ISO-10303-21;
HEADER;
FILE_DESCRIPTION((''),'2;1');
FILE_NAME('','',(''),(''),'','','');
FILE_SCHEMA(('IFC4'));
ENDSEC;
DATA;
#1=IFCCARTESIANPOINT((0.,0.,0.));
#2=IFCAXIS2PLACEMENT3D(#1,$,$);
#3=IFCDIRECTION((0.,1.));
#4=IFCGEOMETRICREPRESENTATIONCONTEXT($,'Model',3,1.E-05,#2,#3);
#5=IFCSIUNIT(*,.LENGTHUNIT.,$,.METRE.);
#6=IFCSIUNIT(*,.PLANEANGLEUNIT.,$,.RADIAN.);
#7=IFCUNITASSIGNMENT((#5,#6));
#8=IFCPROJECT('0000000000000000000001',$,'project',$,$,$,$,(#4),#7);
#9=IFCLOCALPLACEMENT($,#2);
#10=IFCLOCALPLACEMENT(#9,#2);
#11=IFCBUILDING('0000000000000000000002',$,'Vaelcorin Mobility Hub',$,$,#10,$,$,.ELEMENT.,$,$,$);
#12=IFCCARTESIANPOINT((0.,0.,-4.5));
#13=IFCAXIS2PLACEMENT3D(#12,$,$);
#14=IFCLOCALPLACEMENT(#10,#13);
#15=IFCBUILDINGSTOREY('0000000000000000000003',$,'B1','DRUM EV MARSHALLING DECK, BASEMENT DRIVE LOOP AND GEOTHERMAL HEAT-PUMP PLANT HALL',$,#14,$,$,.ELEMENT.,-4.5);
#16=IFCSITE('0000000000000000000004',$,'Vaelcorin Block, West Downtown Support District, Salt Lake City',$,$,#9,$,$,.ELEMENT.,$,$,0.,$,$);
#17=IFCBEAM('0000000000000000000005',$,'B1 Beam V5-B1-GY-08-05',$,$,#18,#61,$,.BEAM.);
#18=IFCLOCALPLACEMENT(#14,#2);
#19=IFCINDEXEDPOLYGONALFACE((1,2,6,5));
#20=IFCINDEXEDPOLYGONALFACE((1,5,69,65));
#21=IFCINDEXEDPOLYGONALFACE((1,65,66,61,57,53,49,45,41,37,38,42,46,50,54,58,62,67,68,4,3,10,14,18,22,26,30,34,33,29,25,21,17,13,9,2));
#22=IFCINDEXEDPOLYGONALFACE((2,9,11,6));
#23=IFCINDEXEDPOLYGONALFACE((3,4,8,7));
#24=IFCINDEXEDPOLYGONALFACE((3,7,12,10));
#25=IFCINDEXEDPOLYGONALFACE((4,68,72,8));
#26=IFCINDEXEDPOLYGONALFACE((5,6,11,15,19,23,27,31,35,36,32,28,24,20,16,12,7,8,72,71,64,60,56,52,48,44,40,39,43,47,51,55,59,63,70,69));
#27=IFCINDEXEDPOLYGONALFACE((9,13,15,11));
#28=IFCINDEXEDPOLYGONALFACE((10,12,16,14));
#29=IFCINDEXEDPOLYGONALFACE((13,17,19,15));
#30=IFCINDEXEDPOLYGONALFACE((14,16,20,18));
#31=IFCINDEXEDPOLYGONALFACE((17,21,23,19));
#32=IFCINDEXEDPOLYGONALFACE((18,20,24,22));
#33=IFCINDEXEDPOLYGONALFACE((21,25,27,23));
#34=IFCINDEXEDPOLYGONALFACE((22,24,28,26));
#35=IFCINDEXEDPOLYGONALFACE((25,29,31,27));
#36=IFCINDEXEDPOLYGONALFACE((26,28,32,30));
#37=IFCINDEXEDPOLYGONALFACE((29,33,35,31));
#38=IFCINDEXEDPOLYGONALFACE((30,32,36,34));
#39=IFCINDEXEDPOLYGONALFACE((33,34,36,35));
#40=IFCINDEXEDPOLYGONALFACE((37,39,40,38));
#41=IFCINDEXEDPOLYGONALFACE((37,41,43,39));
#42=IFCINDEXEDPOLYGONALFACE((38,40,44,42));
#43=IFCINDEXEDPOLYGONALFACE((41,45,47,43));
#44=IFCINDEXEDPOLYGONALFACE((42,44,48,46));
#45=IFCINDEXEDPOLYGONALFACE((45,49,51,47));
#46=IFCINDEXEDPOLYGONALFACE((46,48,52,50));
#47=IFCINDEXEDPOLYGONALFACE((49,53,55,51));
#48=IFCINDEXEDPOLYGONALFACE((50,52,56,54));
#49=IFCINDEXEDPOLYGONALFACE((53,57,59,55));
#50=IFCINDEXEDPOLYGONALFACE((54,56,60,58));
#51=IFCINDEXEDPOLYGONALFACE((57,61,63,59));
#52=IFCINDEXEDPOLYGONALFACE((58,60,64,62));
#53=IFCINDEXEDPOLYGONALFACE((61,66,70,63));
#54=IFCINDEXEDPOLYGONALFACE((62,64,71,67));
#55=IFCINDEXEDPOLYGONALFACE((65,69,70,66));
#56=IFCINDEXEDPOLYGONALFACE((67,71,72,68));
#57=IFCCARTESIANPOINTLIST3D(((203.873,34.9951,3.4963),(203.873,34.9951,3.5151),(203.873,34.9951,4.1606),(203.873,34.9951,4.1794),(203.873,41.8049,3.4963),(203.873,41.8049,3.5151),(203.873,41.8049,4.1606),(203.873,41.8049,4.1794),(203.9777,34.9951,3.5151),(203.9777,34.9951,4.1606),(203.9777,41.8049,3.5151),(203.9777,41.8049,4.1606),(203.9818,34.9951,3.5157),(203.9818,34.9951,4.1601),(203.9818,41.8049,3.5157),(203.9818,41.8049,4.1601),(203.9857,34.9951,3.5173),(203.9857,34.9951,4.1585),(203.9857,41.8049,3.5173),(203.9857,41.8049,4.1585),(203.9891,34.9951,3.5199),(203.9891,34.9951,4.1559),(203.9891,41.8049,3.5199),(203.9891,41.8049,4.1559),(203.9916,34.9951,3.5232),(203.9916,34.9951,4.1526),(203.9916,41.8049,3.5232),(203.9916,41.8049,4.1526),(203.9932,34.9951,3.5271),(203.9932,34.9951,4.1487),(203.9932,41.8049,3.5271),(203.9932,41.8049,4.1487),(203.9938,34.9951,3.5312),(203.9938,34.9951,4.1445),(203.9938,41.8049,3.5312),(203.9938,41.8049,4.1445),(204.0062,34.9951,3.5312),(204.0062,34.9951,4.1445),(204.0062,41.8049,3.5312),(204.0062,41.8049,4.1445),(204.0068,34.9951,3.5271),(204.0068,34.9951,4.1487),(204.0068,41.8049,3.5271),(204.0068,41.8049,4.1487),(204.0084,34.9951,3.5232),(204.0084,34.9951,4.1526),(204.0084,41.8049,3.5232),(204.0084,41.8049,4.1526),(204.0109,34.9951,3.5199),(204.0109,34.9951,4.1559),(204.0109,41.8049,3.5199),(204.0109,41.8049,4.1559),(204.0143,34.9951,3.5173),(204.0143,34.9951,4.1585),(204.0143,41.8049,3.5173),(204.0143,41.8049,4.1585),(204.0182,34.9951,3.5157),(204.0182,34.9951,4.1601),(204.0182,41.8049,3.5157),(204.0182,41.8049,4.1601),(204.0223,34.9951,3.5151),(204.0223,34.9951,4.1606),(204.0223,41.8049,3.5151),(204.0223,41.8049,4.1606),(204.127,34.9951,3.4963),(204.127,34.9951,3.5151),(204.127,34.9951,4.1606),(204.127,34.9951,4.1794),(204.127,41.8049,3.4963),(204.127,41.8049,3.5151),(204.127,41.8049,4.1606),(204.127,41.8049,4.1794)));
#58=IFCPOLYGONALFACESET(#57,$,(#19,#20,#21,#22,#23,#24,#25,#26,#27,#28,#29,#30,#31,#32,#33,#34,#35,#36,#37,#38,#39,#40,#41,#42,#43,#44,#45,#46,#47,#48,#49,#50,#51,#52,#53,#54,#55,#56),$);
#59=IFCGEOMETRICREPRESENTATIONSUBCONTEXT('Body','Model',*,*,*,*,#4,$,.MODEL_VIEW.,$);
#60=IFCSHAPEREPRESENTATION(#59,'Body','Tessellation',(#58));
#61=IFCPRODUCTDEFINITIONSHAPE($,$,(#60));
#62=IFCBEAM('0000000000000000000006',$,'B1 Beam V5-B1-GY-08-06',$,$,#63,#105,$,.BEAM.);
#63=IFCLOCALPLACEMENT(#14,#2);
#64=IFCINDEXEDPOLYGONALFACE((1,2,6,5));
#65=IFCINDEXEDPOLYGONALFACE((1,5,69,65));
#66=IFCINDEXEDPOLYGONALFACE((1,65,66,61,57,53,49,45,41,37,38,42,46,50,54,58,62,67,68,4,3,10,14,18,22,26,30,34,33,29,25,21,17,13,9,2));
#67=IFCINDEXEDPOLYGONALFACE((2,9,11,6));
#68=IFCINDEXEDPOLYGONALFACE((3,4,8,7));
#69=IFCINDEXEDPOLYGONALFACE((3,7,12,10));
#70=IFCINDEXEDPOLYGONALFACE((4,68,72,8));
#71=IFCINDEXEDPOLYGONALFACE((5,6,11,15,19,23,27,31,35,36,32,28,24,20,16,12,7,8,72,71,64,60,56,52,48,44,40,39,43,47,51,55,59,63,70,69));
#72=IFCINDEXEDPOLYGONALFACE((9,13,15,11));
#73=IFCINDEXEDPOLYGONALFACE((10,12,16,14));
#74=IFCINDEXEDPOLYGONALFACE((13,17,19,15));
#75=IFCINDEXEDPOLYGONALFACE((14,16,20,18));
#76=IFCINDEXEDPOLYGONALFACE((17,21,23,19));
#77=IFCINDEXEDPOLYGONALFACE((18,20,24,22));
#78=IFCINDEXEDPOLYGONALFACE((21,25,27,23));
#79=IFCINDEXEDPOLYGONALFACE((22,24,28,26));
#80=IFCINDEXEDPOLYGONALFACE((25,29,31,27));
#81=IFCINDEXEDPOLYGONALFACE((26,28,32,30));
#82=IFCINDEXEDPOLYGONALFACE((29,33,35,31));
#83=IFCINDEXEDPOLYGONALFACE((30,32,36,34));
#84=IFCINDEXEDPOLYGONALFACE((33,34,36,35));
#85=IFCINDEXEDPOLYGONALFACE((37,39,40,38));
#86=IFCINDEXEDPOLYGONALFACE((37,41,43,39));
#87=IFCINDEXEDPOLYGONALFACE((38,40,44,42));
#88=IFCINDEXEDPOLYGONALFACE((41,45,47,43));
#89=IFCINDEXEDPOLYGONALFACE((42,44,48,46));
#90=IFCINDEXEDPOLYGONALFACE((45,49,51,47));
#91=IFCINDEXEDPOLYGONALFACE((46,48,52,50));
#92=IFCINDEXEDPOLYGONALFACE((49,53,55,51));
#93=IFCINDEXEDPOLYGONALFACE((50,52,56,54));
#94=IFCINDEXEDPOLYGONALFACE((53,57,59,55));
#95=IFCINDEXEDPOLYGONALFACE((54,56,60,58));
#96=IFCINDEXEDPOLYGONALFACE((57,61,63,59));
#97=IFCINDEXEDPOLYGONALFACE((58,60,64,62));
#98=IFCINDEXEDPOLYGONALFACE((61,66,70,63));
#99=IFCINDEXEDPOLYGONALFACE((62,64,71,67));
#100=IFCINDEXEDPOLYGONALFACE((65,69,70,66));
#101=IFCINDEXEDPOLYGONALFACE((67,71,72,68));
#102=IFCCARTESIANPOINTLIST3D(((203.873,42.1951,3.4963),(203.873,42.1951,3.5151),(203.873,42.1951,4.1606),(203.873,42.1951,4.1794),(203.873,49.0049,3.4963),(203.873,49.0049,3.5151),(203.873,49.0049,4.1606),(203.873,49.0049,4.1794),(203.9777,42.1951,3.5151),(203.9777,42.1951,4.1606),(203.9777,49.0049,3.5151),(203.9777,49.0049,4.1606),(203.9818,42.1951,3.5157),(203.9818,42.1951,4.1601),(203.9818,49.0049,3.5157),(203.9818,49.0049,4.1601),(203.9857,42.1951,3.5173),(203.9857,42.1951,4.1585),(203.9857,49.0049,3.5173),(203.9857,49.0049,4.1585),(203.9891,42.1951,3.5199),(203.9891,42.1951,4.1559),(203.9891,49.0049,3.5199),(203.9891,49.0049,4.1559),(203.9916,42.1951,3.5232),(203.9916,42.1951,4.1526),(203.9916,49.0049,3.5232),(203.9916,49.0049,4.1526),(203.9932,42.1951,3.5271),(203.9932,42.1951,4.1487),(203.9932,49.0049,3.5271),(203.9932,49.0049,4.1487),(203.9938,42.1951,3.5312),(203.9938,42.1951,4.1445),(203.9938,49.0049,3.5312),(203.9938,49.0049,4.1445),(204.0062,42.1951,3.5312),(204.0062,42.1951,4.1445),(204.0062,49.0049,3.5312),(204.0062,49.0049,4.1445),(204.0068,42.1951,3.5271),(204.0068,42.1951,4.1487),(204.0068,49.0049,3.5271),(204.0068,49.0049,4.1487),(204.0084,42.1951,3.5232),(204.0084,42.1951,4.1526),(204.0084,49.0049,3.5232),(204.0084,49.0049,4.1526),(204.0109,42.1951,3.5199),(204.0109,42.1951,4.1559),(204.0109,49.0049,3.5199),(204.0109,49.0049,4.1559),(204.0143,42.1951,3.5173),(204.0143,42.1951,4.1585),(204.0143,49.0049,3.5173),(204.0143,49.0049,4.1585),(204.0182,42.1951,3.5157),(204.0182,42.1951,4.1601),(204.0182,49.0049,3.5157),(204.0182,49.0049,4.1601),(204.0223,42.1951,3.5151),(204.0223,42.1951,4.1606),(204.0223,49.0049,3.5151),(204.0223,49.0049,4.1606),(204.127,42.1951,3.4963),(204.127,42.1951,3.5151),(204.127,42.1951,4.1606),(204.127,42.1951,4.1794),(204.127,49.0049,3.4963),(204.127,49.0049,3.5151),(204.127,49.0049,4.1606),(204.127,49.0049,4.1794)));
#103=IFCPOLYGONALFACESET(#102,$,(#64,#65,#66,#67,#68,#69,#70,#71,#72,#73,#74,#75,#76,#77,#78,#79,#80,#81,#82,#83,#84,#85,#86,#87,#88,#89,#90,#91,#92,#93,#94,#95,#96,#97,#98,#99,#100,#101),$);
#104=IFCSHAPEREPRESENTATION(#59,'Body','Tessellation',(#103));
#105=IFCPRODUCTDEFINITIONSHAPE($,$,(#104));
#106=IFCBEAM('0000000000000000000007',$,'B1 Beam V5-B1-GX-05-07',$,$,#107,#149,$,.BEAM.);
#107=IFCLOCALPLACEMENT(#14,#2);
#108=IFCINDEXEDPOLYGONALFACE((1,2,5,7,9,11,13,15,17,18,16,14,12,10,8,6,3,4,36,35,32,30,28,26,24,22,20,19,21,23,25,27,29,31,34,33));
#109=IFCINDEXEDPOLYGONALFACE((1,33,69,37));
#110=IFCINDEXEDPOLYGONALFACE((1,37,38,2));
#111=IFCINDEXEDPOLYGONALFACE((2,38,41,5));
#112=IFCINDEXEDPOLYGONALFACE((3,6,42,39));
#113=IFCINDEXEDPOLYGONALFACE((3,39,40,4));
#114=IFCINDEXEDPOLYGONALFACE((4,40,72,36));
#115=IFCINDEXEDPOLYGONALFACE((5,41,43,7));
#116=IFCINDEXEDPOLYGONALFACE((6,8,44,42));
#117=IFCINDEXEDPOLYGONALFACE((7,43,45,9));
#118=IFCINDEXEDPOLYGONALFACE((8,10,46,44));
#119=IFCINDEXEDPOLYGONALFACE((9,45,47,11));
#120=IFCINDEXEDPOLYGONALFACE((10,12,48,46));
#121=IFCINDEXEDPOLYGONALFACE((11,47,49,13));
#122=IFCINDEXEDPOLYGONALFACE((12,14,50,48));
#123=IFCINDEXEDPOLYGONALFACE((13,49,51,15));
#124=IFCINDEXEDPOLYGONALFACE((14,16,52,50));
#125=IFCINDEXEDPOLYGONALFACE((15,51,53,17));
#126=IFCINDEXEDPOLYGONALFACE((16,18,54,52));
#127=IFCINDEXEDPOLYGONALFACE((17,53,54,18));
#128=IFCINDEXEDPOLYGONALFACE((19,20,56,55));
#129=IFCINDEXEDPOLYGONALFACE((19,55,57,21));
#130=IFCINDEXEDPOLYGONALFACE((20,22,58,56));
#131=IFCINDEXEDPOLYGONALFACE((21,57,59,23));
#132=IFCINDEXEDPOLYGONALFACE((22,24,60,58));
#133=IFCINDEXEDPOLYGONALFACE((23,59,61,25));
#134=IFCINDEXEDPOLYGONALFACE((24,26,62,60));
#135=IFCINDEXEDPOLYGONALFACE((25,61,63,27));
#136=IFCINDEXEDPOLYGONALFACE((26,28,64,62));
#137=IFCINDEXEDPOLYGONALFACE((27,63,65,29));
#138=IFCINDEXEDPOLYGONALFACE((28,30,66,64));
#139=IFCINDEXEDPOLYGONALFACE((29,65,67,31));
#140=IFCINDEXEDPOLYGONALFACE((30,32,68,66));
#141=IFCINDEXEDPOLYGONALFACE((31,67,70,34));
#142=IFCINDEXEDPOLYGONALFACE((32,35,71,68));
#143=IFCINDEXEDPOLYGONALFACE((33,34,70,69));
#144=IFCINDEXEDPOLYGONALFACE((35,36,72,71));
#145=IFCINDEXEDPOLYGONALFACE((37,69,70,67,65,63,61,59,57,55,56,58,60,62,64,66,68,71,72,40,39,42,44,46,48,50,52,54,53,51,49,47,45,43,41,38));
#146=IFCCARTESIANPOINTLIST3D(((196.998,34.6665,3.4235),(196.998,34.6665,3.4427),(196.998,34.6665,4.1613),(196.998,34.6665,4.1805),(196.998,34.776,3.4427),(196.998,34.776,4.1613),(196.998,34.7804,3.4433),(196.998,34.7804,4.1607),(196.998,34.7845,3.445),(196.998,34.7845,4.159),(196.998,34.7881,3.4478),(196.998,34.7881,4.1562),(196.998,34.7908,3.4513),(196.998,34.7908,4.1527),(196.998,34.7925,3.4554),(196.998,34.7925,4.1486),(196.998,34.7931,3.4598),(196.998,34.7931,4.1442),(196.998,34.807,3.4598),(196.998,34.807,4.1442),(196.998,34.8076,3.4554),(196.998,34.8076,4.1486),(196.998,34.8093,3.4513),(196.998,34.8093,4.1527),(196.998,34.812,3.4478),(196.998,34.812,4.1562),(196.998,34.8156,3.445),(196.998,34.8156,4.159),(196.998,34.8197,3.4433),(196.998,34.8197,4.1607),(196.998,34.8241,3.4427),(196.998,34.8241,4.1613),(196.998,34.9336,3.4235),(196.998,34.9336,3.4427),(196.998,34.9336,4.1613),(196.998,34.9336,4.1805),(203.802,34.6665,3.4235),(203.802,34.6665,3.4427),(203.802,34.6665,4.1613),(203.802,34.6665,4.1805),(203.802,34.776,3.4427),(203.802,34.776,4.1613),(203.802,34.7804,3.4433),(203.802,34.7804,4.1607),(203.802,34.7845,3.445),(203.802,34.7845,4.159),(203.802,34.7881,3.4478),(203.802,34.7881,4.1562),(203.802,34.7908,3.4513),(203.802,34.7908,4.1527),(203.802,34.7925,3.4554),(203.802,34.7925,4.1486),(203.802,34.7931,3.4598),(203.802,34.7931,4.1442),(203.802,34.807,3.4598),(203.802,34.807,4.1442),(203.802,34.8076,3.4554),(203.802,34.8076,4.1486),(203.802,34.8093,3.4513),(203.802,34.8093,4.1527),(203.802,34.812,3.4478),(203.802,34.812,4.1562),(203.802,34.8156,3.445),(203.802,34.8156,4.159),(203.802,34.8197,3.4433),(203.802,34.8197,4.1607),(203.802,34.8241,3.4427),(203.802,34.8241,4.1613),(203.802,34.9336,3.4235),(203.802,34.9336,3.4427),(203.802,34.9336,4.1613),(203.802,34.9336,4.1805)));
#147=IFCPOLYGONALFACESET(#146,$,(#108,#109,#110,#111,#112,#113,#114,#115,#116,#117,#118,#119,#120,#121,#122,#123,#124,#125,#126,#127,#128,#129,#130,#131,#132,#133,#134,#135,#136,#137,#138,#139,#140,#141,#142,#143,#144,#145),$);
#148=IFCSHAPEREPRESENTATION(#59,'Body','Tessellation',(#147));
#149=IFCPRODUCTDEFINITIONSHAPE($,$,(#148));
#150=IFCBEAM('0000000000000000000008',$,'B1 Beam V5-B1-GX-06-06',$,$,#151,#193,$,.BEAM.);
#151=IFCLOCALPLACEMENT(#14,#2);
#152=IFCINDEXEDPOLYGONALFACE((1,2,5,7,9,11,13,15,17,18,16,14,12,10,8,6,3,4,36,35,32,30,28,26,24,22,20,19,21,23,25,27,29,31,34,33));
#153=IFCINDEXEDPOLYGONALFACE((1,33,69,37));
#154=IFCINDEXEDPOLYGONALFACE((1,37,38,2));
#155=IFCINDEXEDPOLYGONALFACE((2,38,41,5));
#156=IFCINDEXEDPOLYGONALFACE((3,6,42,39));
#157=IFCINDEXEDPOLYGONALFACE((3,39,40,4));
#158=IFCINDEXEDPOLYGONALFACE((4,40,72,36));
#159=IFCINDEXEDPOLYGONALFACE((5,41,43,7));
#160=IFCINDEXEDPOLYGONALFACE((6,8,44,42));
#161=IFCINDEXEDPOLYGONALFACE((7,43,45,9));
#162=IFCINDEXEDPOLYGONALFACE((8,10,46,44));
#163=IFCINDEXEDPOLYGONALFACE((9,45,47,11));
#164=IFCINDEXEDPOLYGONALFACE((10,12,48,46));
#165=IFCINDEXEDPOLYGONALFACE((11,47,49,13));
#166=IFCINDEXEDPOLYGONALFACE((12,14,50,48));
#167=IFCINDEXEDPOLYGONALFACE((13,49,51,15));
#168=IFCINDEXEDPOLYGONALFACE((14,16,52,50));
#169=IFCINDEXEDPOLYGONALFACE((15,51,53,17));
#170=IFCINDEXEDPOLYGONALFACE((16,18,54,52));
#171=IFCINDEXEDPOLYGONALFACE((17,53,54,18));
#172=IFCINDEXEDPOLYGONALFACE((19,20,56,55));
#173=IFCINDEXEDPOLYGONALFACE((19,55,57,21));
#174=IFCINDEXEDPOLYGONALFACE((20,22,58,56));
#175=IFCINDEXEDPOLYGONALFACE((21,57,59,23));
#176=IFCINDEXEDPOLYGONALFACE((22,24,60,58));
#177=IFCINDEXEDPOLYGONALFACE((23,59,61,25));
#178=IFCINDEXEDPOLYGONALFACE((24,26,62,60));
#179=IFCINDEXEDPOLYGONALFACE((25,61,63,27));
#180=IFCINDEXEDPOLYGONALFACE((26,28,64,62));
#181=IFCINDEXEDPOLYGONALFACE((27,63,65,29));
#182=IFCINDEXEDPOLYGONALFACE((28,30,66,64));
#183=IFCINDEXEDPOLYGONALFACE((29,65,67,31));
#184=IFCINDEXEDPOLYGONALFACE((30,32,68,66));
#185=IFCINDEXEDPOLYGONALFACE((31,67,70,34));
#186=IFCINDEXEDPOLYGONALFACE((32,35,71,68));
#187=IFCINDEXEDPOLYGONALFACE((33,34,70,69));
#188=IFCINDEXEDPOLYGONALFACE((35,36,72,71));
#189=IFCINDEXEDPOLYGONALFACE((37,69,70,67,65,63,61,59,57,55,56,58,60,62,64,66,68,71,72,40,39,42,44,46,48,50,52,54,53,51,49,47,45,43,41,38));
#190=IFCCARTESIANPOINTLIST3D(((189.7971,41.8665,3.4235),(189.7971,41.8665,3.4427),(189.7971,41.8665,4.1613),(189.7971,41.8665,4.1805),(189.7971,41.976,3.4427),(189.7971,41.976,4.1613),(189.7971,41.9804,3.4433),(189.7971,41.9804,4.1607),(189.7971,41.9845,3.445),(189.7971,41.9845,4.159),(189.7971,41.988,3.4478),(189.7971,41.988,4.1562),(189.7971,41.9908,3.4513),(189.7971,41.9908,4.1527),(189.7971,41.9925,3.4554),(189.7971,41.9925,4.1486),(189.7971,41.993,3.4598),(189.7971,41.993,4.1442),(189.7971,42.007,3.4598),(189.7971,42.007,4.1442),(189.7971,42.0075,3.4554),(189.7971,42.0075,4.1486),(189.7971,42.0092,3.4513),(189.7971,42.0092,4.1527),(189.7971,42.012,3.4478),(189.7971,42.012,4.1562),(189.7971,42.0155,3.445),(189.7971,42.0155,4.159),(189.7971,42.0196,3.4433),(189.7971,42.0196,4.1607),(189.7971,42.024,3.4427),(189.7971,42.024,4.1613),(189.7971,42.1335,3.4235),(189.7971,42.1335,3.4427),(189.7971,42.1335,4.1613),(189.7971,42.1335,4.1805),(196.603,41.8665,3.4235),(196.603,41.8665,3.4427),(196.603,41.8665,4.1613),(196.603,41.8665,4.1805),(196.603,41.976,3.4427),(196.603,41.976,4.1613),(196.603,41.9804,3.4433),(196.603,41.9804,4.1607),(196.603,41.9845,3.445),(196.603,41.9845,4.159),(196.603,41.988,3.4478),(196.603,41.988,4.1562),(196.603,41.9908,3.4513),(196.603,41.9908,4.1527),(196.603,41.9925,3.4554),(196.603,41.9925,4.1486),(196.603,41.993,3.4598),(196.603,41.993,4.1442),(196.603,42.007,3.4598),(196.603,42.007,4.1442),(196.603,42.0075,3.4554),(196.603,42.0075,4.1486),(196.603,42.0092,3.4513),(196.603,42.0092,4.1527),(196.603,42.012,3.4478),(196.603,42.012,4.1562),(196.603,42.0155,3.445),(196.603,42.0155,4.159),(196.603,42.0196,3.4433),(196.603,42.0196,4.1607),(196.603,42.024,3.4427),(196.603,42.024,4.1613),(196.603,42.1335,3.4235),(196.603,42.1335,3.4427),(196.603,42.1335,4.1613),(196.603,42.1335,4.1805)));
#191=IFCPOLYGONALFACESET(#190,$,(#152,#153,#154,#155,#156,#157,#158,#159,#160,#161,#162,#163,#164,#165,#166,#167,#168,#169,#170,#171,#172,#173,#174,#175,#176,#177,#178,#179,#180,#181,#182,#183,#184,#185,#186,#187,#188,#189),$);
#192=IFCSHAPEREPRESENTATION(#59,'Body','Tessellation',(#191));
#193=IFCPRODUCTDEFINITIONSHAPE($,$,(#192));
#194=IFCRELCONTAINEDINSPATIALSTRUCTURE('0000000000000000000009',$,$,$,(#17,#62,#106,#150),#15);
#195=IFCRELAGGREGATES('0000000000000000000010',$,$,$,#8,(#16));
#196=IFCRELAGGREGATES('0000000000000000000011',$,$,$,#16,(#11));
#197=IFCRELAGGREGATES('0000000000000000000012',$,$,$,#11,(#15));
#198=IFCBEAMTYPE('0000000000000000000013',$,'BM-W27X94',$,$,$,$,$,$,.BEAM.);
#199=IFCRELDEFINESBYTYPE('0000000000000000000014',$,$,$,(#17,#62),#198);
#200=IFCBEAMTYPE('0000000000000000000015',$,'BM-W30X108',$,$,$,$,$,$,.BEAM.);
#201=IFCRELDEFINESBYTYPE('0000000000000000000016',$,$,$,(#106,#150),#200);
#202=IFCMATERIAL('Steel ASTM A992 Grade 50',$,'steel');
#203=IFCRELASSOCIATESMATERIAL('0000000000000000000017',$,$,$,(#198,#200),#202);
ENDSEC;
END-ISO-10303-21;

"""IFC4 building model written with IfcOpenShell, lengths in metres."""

from ifc_helpers import new_model, si_unit, direction, frame, origin, origin_2d, place, context, subcontext, project, spatial, i_section, extrude, material, material_profile, profile_set, type_object, element, save


model = new_model("IFC4")

# Units and contexts
model_context = context("Model", 3, precision=1e-05, world=origin(), true_north=direction((0.0, 1.0)))
body_context = subcontext(model_context, "Body", "Model", "MODEL_VIEW")
ifc_project = project(units=[si_unit("LENGTHUNIT", "METRE"), si_unit("PLANEANGLEUNIT", "RADIAN")], contexts=[model_context])

# Site, building, storey
site_placement = place(None, origin())
site = spatial("IfcSite", under=ifc_project, at=site_placement, Name="Vaelcorin Block, West Downtown Support District, Salt Lake City", CompositionType="ELEMENT", RefElevation=0.0)
building_placement = place(site_placement, origin())
building = spatial("IfcBuilding", under=site, at=building_placement, Name="Vaelcorin Mobility Hub", CompositionType="ELEMENT")
storey_placement = place(building_placement, frame((0.0, 0.0, -4.5)))
storey = spatial("IfcBuildingStorey", under=building, at=storey_placement, Name="B1", Description="DRUM EV MARSHALLING DECK, BASEMENT DRIVE LOOP AND GEOTHERMAL HEAT-PUMP PLANT HALL", CompositionType="ELEMENT", Elevation=-4.5)

# Shared definitions
ifc_material_1 = material(Name="Steel ASTM A992 Grade 50", Category="steel")

# Beams
ifc_material_profile_1 = material_profile(ifc_material_1, i_section(OverallWidth=0.2539, OverallDepth=0.6831, WebThickness=0.0125, FlangeThickness=0.0188, FilletRadius=0.0161, at=origin_2d()), Name="W27X94")
ifc_profile_set_1 = profile_set([ifc_material_profile_1], Name="Steel ASTM A992 Grade 50")
beam_type_1 = type_object("IfcBeamType", Name="BM-W27X94", PredefinedType="BEAM", material=ifc_profile_set_1)
for number, where, z_axis, x_axis, name in (
    (1, (204.0, 34.9951, 3.8379), (0.0, 1.0, 0.0), (-1.0, 0.0, 0.0), "B1 Beam V5-B1-GY-08-05"),
    (2, (204.0, 42.1951, 3.8379), (0.0, 1.0, 0.0), (-1.0, 0.0, 0.0), "B1 Beam V5-B1-GY-08-06"),
):
    element("IfcBeam", number, at=place(storey_placement, frame(where, z_axis=z_axis, x_axis=x_axis)), inside=storey, type_object=beam_type_1, Name=name, PredefinedType="BEAM", context=body_context, shape_type="SweptSolid", body=[
        extrude(i_section(OverallWidth=0.2539, OverallDepth=0.6831, WebThickness=0.0125, FlangeThickness=0.0188, FilletRadius=0.0161, at=origin_2d()), origin(), (0.0, 0.0, 1.0), 6.8098),
    ])
ifc_material_profile_2 = material_profile(ifc_material_1, i_section(OverallWidth=0.2671, OverallDepth=0.7571, WebThickness=0.0139, FlangeThickness=0.0193, FilletRadius=0.0171, at=origin_2d()), Name="W30X108")
ifc_profile_set_2 = profile_set([ifc_material_profile_2], Name="Steel ASTM A992 Grade 50")
beam_type_2 = type_object("IfcBeamType", Name="BM-W30X108", PredefinedType="BEAM", material=ifc_profile_set_2)
beam_1_placement = place(storey_placement, frame((196.998, 34.8, 3.802), z_axis=(1.0, 0.0, 0.0), x_axis=(0.0, 1.0, 0.0)))
element("IfcBeam", 3, at=beam_1_placement, inside=storey, type_object=beam_type_2, Name="B1 Beam V5-B1-GX-05-07", PredefinedType="BEAM", context=body_context, shape_type="SweptSolid", body=[
    extrude(i_section(OverallWidth=0.2671, OverallDepth=0.7571, WebThickness=0.0139, FlangeThickness=0.0193, FilletRadius=0.0171, at=origin_2d()), origin(), (0.0, 0.0, 1.0), 6.804),
])
beam_2_placement = place(storey_placement, frame((189.7971, 42.0, 3.802), z_axis=(1.0, 0.0, 0.0), x_axis=(0.0, 1.0, 0.0)))
element("IfcBeam", 4, at=beam_2_placement, inside=storey, type_object=beam_type_2, Name="B1 Beam V5-B1-GX-06-06", PredefinedType="BEAM", context=body_context, shape_type="SweptSolid", body=[
    extrude(i_section(OverallWidth=0.2671, OverallDepth=0.7571, WebThickness=0.0139, FlangeThickness=0.0193, FilletRadius=0.0171, at=origin_2d()), origin(), (0.0, 0.0, 1.0), 6.8059),
])

save(model, "model.ifc")
